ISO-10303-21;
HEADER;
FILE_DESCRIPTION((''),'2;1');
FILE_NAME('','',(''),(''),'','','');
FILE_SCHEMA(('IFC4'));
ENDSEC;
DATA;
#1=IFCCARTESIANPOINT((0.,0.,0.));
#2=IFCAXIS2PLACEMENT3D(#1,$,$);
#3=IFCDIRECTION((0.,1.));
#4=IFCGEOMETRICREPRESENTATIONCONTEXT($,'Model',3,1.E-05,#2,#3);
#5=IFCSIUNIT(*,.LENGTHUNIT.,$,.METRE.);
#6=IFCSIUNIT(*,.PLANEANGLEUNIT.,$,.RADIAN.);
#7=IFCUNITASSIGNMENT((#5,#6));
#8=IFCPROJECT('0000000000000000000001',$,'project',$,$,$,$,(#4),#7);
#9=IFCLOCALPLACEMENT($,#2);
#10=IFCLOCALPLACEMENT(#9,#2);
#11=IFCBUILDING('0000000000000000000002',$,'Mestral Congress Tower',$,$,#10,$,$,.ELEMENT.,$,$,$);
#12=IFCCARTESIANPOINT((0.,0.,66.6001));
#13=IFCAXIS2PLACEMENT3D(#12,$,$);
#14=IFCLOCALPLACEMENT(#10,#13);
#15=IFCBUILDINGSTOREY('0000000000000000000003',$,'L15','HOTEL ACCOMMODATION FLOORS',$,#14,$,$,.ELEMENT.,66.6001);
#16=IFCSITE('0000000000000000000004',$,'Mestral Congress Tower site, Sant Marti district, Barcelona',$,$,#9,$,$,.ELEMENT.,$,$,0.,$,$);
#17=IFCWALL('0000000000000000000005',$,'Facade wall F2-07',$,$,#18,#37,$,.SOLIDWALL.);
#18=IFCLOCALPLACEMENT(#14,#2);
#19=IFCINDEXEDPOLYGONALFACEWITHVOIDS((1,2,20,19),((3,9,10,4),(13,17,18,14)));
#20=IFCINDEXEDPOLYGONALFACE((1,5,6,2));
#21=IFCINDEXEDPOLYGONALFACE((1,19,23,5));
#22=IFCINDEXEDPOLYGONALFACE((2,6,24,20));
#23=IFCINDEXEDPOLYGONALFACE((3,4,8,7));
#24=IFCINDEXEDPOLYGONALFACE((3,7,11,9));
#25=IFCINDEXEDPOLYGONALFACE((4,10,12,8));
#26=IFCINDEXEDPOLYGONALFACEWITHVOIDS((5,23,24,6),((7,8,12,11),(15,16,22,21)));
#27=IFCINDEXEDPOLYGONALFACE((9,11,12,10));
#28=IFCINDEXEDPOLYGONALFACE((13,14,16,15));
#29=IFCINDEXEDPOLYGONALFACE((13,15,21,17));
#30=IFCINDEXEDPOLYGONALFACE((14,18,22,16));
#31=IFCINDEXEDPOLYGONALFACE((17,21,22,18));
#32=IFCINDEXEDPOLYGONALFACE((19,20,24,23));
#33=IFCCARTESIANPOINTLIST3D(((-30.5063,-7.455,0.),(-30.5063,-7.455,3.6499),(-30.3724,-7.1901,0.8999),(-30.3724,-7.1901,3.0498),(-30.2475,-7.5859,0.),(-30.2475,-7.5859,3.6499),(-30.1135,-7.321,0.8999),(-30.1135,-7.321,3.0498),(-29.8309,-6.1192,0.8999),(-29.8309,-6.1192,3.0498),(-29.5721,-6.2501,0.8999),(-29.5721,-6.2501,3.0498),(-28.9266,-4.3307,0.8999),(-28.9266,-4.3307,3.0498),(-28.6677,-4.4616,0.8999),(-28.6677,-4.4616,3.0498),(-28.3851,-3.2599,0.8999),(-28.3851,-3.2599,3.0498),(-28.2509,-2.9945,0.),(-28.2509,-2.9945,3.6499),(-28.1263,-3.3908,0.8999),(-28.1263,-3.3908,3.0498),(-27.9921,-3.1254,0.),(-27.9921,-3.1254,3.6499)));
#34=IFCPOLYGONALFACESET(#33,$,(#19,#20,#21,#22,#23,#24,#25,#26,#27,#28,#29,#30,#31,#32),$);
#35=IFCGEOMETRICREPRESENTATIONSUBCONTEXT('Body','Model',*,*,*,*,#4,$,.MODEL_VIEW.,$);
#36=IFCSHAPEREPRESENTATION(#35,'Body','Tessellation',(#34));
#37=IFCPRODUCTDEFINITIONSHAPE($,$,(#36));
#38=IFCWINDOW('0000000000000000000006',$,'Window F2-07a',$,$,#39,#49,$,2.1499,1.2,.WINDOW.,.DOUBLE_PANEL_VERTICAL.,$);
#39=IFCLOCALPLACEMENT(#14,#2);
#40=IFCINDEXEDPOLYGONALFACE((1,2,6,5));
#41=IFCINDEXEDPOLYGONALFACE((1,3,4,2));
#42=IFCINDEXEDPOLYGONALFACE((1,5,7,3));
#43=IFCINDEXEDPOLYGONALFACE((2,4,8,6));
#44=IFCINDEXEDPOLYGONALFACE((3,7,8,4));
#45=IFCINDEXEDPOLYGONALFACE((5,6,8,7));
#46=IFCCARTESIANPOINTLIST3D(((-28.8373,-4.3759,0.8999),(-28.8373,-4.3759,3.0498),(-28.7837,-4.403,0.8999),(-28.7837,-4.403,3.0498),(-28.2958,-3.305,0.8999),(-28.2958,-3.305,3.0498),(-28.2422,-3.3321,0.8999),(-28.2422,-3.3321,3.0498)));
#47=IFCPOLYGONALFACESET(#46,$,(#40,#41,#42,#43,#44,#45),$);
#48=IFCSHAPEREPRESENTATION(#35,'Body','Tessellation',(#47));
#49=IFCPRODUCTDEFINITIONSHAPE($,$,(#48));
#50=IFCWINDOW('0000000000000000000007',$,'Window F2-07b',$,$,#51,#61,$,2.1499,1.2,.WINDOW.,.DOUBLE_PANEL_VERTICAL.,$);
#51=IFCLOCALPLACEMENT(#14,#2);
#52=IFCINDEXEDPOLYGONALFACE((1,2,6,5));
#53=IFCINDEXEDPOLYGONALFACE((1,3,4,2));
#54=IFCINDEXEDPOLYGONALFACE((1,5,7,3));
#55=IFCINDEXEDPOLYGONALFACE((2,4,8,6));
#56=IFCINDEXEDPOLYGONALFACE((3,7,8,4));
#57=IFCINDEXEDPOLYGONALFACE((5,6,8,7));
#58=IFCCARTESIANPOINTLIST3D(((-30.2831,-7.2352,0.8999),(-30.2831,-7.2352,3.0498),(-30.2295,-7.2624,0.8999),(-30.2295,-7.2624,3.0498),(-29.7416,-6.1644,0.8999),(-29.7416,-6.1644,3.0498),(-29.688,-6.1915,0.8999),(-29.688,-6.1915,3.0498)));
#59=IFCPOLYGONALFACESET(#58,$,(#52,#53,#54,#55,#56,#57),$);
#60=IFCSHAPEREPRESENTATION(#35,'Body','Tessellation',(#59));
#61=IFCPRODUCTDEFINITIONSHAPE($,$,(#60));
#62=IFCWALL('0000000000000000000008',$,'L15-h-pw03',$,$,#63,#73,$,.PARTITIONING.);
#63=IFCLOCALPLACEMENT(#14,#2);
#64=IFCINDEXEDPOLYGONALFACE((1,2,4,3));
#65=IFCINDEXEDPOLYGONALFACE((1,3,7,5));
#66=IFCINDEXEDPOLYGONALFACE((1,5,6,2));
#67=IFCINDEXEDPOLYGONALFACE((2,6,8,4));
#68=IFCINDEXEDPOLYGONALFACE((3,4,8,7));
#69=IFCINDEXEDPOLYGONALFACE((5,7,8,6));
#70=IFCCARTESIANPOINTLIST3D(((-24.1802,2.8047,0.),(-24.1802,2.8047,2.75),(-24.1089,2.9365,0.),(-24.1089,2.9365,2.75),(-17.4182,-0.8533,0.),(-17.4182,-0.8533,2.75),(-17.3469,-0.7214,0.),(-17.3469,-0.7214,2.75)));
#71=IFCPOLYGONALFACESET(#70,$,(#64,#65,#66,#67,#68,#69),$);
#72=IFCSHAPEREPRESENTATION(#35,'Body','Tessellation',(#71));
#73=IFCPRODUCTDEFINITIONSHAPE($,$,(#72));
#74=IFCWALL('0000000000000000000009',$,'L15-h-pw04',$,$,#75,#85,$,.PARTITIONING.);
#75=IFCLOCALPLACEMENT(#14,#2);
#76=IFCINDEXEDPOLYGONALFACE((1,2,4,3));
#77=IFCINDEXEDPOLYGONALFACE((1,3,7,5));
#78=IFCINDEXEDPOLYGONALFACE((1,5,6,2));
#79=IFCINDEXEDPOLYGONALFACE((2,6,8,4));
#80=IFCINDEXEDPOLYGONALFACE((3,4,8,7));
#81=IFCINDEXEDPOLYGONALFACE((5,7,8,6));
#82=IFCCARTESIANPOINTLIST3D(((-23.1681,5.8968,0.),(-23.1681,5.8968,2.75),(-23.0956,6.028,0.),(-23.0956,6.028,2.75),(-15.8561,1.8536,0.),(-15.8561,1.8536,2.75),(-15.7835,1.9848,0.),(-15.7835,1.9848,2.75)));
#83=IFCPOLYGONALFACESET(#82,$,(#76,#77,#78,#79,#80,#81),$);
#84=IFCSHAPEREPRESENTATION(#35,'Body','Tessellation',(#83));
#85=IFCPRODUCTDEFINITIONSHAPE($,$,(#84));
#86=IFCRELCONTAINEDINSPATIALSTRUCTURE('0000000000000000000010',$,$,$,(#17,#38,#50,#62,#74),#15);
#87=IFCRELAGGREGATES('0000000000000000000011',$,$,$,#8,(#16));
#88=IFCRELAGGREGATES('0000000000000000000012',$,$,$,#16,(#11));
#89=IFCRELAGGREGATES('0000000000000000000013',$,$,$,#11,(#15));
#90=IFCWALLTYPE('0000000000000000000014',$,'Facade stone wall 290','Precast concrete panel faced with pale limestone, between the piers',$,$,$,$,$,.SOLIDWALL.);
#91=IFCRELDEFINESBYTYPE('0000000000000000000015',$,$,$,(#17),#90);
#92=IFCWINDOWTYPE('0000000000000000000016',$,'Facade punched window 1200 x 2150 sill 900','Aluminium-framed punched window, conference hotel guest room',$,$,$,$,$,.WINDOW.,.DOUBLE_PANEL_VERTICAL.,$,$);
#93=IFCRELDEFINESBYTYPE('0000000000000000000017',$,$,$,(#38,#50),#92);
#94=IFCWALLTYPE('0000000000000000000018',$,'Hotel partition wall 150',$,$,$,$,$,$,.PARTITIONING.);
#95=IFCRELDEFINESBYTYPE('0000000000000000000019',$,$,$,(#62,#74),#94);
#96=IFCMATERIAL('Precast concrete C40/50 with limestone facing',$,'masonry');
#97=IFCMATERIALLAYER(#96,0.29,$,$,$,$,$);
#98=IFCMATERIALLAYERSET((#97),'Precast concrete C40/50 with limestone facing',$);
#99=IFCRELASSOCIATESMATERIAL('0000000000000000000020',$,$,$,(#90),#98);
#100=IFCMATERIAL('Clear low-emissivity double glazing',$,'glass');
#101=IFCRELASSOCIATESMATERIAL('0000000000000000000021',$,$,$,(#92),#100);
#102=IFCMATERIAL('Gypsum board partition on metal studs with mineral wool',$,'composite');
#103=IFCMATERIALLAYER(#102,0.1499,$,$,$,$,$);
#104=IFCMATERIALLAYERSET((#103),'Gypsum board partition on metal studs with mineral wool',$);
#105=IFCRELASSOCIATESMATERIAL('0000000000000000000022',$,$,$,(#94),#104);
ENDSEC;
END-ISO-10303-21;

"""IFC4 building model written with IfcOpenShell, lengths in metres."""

from ifc_helpers import new_model, si_unit, direction, frame, frame_2d, origin, place, context, subcontext, project, spatial, rectangle, extrude, material, layer, layer_set, type_object, element, fill, save


model = new_model("IFC4")

# Units and contexts
model_context = context("Model", 3, precision=1e-05, world=origin(), true_north=direction((0.0, 1.0)))
body_context = subcontext(model_context, "Body", "Model", "MODEL_VIEW")
ifc_project = project(units=[si_unit("LENGTHUNIT", "METRE"), si_unit("PLANEANGLEUNIT", "RADIAN")], contexts=[model_context])

# Site, building, storey
site_placement = place(None, origin())
site = spatial("IfcSite", under=ifc_project, at=site_placement, Name="Mestral Congress Tower site, Sant Marti district, Barcelona", CompositionType="ELEMENT", RefElevation=0.0)
building_placement = place(site_placement, origin())
building = spatial("IfcBuilding", under=site, at=building_placement, Name="Mestral Congress Tower", CompositionType="ELEMENT")
storey_placement = place(building_placement, frame((0.0, 0.0, 66.6001)))
storey = spatial("IfcBuildingStorey", under=building, at=storey_placement, Name="L15", Description="HOTEL ACCOMMODATION FLOORS", CompositionType="ELEMENT", Elevation=66.6001)

# Wall, openings, windows
ifc_material_1 = material(Name="Precast concrete C40/50 with limestone facing", Category="masonry")
ifc_layer_1 = layer(ifc_material_1, 0.29)
ifc_layer_set_1 = layer_set([ifc_layer_1], Name="Precast concrete C40/50 with limestone facing")
wall_type_1 = type_object("IfcWallType", Name="Facade stone wall 290", Description="Precast concrete panel faced with pale limestone, between the piers", PredefinedType="SOLIDWALL", material=ifc_layer_set_1)
ifc_material_2 = material(Name="Clear low-emissivity double glazing", Category="glass")
window_type = type_object("IfcWindowType", Name="Facade punched window 1200 x 2150 sill 900", Description="Aluminium-framed punched window, conference hotel guest room", PartitioningType="DOUBLE_PANEL_VERTICAL", PredefinedType="WINDOW", material=ifc_material_2)
wall_1_placement = place(storey_placement, frame((-28.1216, -3.0601, 0.0), z_axis=(0.0, 0.0, 1.0), x_axis=(-0.451234, -0.892406, 0.0)))
wall_1 = element("IfcWall", 1, at=wall_1_placement, inside=storey, type_object=wall_type_1, Name="Facade wall F2-07", PredefinedType="SOLIDWALL", context=body_context, shape_type="SweptSolid", body=[
    extrude(rectangle(XDim=4.9983, YDim=0.29, at=frame_2d((2.499, 0.0))), origin(), (0.0, 0.0, 1.0), 3.6499),
])
opening_1_placement = place(wall_1_placement, frame((0.2971, 0.0, 0.8999)))
opening_1 = element("IfcOpeningElement", 2, at=opening_1_placement, cuts=wall_1, PredefinedType="OPENING", context=body_context, shape_type="SweptSolid", body=[
    extrude(rectangle(XDim=1.2, YDim=2.1499, at=frame_2d((0.6001, 1.075))), frame((0.0, 0.155, 0.0), z_axis=(0.0, -1.0, 0.0), x_axis=(1.0, 0.0, 0.0)), (0.0, 0.0, 1.0), 0.3101),
])
opening_2_placement = place(wall_1_placement, frame((3.5012, 0.0, 0.8999)))
opening_2 = element("IfcOpeningElement", 3, at=opening_2_placement, cuts=wall_1, PredefinedType="OPENING", context=body_context, shape_type="SweptSolid", body=[
    extrude(rectangle(XDim=1.2, YDim=2.1499, at=frame_2d((0.6001, 1.075))), frame((0.0, 0.155, 0.0), z_axis=(0.0, -1.0, 0.0), x_axis=(1.0, 0.0, 0.0)), (0.0, 0.0, 1.0), 0.3101),
])
window_1_placement = place(opening_1_placement, origin())
window_1 = element("IfcWindow", 4, at=window_1_placement, inside=storey, type_object=window_type, Name="Window F2-07a", OverallHeight=2.1499, OverallWidth=1.2, PartitioningType="DOUBLE_PANEL_VERTICAL", PredefinedType="WINDOW", context=body_context, shape_type="SweptSolid", body=[
    extrude(rectangle(XDim=1.2, YDim=2.1499, at=frame_2d((0.6001, 1.075))), frame((0.0, 0.0151, 0.0), z_axis=(0.0, -1.0, 0.0), x_axis=(1.0, 0.0, 0.0)), (0.0, 0.0, 1.0), 0.0601),
])
fill(opening_1, window_1)
window_2_placement = place(opening_2_placement, origin())
window_2 = element("IfcWindow", 5, at=window_2_placement, inside=storey, type_object=window_type, Name="Window F2-07b", OverallHeight=2.1499, OverallWidth=1.2, PartitioningType="DOUBLE_PANEL_VERTICAL", PredefinedType="WINDOW", context=body_context, shape_type="SweptSolid", body=[
    extrude(rectangle(XDim=1.2, YDim=2.1499, at=frame_2d((0.6001, 1.075))), frame((0.0, 0.0151, 0.0), z_axis=(0.0, -1.0, 0.0), x_axis=(1.0, 0.0, 0.0)), (0.0, 0.0, 1.0), 0.0601),
])
fill(opening_2, window_2)

# Walls
ifc_material_3 = material(Name="Gypsum board partition on metal studs with mineral wool", Category="composite")
ifc_layer_2 = layer(ifc_material_3, 0.1499)
ifc_layer_set_2 = layer_set([ifc_layer_2], Name="Gypsum board partition on metal studs with mineral wool")
wall_type_2 = type_object("IfcWallType", Name="Hotel partition wall 150", PredefinedType="PARTITIONING", material=ifc_layer_set_2)
wall_2_placement = place(storey_placement, frame((-24.1445, 2.8706, 0.0), z_axis=(0.0, 0.0, 1.0), x_axis=(0.879552, -0.475803, 0.0)))
element("IfcWall", 6, at=wall_2_placement, inside=storey, type_object=wall_type_2, Name="L15-h-pw03", PredefinedType="PARTITIONING", context=body_context, shape_type="SweptSolid", body=[
    extrude(rectangle(XDim=7.688, YDim=0.1499, at=frame_2d((3.844, 0.0))), origin(), (0.0, 0.0, 1.0), 2.75),
])
wall_3_placement = place(storey_placement, frame((-23.1318, 5.9624, 0.0), z_axis=(0.0, 0.0, 1.0), x_axis=(0.875122, -0.483903, 0.0)))
element("IfcWall", 7, at=wall_3_placement, inside=storey, type_object=wall_type_2, Name="L15-h-pw04", PredefinedType="PARTITIONING", context=body_context, shape_type="SweptSolid", body=[
    extrude(rectangle(XDim=8.3555, YDim=0.1499, at=frame_2d((4.1777, 0.0))), origin(), (0.0, 0.0, 1.0), 2.75),
])

save(model, "model.ifc")
